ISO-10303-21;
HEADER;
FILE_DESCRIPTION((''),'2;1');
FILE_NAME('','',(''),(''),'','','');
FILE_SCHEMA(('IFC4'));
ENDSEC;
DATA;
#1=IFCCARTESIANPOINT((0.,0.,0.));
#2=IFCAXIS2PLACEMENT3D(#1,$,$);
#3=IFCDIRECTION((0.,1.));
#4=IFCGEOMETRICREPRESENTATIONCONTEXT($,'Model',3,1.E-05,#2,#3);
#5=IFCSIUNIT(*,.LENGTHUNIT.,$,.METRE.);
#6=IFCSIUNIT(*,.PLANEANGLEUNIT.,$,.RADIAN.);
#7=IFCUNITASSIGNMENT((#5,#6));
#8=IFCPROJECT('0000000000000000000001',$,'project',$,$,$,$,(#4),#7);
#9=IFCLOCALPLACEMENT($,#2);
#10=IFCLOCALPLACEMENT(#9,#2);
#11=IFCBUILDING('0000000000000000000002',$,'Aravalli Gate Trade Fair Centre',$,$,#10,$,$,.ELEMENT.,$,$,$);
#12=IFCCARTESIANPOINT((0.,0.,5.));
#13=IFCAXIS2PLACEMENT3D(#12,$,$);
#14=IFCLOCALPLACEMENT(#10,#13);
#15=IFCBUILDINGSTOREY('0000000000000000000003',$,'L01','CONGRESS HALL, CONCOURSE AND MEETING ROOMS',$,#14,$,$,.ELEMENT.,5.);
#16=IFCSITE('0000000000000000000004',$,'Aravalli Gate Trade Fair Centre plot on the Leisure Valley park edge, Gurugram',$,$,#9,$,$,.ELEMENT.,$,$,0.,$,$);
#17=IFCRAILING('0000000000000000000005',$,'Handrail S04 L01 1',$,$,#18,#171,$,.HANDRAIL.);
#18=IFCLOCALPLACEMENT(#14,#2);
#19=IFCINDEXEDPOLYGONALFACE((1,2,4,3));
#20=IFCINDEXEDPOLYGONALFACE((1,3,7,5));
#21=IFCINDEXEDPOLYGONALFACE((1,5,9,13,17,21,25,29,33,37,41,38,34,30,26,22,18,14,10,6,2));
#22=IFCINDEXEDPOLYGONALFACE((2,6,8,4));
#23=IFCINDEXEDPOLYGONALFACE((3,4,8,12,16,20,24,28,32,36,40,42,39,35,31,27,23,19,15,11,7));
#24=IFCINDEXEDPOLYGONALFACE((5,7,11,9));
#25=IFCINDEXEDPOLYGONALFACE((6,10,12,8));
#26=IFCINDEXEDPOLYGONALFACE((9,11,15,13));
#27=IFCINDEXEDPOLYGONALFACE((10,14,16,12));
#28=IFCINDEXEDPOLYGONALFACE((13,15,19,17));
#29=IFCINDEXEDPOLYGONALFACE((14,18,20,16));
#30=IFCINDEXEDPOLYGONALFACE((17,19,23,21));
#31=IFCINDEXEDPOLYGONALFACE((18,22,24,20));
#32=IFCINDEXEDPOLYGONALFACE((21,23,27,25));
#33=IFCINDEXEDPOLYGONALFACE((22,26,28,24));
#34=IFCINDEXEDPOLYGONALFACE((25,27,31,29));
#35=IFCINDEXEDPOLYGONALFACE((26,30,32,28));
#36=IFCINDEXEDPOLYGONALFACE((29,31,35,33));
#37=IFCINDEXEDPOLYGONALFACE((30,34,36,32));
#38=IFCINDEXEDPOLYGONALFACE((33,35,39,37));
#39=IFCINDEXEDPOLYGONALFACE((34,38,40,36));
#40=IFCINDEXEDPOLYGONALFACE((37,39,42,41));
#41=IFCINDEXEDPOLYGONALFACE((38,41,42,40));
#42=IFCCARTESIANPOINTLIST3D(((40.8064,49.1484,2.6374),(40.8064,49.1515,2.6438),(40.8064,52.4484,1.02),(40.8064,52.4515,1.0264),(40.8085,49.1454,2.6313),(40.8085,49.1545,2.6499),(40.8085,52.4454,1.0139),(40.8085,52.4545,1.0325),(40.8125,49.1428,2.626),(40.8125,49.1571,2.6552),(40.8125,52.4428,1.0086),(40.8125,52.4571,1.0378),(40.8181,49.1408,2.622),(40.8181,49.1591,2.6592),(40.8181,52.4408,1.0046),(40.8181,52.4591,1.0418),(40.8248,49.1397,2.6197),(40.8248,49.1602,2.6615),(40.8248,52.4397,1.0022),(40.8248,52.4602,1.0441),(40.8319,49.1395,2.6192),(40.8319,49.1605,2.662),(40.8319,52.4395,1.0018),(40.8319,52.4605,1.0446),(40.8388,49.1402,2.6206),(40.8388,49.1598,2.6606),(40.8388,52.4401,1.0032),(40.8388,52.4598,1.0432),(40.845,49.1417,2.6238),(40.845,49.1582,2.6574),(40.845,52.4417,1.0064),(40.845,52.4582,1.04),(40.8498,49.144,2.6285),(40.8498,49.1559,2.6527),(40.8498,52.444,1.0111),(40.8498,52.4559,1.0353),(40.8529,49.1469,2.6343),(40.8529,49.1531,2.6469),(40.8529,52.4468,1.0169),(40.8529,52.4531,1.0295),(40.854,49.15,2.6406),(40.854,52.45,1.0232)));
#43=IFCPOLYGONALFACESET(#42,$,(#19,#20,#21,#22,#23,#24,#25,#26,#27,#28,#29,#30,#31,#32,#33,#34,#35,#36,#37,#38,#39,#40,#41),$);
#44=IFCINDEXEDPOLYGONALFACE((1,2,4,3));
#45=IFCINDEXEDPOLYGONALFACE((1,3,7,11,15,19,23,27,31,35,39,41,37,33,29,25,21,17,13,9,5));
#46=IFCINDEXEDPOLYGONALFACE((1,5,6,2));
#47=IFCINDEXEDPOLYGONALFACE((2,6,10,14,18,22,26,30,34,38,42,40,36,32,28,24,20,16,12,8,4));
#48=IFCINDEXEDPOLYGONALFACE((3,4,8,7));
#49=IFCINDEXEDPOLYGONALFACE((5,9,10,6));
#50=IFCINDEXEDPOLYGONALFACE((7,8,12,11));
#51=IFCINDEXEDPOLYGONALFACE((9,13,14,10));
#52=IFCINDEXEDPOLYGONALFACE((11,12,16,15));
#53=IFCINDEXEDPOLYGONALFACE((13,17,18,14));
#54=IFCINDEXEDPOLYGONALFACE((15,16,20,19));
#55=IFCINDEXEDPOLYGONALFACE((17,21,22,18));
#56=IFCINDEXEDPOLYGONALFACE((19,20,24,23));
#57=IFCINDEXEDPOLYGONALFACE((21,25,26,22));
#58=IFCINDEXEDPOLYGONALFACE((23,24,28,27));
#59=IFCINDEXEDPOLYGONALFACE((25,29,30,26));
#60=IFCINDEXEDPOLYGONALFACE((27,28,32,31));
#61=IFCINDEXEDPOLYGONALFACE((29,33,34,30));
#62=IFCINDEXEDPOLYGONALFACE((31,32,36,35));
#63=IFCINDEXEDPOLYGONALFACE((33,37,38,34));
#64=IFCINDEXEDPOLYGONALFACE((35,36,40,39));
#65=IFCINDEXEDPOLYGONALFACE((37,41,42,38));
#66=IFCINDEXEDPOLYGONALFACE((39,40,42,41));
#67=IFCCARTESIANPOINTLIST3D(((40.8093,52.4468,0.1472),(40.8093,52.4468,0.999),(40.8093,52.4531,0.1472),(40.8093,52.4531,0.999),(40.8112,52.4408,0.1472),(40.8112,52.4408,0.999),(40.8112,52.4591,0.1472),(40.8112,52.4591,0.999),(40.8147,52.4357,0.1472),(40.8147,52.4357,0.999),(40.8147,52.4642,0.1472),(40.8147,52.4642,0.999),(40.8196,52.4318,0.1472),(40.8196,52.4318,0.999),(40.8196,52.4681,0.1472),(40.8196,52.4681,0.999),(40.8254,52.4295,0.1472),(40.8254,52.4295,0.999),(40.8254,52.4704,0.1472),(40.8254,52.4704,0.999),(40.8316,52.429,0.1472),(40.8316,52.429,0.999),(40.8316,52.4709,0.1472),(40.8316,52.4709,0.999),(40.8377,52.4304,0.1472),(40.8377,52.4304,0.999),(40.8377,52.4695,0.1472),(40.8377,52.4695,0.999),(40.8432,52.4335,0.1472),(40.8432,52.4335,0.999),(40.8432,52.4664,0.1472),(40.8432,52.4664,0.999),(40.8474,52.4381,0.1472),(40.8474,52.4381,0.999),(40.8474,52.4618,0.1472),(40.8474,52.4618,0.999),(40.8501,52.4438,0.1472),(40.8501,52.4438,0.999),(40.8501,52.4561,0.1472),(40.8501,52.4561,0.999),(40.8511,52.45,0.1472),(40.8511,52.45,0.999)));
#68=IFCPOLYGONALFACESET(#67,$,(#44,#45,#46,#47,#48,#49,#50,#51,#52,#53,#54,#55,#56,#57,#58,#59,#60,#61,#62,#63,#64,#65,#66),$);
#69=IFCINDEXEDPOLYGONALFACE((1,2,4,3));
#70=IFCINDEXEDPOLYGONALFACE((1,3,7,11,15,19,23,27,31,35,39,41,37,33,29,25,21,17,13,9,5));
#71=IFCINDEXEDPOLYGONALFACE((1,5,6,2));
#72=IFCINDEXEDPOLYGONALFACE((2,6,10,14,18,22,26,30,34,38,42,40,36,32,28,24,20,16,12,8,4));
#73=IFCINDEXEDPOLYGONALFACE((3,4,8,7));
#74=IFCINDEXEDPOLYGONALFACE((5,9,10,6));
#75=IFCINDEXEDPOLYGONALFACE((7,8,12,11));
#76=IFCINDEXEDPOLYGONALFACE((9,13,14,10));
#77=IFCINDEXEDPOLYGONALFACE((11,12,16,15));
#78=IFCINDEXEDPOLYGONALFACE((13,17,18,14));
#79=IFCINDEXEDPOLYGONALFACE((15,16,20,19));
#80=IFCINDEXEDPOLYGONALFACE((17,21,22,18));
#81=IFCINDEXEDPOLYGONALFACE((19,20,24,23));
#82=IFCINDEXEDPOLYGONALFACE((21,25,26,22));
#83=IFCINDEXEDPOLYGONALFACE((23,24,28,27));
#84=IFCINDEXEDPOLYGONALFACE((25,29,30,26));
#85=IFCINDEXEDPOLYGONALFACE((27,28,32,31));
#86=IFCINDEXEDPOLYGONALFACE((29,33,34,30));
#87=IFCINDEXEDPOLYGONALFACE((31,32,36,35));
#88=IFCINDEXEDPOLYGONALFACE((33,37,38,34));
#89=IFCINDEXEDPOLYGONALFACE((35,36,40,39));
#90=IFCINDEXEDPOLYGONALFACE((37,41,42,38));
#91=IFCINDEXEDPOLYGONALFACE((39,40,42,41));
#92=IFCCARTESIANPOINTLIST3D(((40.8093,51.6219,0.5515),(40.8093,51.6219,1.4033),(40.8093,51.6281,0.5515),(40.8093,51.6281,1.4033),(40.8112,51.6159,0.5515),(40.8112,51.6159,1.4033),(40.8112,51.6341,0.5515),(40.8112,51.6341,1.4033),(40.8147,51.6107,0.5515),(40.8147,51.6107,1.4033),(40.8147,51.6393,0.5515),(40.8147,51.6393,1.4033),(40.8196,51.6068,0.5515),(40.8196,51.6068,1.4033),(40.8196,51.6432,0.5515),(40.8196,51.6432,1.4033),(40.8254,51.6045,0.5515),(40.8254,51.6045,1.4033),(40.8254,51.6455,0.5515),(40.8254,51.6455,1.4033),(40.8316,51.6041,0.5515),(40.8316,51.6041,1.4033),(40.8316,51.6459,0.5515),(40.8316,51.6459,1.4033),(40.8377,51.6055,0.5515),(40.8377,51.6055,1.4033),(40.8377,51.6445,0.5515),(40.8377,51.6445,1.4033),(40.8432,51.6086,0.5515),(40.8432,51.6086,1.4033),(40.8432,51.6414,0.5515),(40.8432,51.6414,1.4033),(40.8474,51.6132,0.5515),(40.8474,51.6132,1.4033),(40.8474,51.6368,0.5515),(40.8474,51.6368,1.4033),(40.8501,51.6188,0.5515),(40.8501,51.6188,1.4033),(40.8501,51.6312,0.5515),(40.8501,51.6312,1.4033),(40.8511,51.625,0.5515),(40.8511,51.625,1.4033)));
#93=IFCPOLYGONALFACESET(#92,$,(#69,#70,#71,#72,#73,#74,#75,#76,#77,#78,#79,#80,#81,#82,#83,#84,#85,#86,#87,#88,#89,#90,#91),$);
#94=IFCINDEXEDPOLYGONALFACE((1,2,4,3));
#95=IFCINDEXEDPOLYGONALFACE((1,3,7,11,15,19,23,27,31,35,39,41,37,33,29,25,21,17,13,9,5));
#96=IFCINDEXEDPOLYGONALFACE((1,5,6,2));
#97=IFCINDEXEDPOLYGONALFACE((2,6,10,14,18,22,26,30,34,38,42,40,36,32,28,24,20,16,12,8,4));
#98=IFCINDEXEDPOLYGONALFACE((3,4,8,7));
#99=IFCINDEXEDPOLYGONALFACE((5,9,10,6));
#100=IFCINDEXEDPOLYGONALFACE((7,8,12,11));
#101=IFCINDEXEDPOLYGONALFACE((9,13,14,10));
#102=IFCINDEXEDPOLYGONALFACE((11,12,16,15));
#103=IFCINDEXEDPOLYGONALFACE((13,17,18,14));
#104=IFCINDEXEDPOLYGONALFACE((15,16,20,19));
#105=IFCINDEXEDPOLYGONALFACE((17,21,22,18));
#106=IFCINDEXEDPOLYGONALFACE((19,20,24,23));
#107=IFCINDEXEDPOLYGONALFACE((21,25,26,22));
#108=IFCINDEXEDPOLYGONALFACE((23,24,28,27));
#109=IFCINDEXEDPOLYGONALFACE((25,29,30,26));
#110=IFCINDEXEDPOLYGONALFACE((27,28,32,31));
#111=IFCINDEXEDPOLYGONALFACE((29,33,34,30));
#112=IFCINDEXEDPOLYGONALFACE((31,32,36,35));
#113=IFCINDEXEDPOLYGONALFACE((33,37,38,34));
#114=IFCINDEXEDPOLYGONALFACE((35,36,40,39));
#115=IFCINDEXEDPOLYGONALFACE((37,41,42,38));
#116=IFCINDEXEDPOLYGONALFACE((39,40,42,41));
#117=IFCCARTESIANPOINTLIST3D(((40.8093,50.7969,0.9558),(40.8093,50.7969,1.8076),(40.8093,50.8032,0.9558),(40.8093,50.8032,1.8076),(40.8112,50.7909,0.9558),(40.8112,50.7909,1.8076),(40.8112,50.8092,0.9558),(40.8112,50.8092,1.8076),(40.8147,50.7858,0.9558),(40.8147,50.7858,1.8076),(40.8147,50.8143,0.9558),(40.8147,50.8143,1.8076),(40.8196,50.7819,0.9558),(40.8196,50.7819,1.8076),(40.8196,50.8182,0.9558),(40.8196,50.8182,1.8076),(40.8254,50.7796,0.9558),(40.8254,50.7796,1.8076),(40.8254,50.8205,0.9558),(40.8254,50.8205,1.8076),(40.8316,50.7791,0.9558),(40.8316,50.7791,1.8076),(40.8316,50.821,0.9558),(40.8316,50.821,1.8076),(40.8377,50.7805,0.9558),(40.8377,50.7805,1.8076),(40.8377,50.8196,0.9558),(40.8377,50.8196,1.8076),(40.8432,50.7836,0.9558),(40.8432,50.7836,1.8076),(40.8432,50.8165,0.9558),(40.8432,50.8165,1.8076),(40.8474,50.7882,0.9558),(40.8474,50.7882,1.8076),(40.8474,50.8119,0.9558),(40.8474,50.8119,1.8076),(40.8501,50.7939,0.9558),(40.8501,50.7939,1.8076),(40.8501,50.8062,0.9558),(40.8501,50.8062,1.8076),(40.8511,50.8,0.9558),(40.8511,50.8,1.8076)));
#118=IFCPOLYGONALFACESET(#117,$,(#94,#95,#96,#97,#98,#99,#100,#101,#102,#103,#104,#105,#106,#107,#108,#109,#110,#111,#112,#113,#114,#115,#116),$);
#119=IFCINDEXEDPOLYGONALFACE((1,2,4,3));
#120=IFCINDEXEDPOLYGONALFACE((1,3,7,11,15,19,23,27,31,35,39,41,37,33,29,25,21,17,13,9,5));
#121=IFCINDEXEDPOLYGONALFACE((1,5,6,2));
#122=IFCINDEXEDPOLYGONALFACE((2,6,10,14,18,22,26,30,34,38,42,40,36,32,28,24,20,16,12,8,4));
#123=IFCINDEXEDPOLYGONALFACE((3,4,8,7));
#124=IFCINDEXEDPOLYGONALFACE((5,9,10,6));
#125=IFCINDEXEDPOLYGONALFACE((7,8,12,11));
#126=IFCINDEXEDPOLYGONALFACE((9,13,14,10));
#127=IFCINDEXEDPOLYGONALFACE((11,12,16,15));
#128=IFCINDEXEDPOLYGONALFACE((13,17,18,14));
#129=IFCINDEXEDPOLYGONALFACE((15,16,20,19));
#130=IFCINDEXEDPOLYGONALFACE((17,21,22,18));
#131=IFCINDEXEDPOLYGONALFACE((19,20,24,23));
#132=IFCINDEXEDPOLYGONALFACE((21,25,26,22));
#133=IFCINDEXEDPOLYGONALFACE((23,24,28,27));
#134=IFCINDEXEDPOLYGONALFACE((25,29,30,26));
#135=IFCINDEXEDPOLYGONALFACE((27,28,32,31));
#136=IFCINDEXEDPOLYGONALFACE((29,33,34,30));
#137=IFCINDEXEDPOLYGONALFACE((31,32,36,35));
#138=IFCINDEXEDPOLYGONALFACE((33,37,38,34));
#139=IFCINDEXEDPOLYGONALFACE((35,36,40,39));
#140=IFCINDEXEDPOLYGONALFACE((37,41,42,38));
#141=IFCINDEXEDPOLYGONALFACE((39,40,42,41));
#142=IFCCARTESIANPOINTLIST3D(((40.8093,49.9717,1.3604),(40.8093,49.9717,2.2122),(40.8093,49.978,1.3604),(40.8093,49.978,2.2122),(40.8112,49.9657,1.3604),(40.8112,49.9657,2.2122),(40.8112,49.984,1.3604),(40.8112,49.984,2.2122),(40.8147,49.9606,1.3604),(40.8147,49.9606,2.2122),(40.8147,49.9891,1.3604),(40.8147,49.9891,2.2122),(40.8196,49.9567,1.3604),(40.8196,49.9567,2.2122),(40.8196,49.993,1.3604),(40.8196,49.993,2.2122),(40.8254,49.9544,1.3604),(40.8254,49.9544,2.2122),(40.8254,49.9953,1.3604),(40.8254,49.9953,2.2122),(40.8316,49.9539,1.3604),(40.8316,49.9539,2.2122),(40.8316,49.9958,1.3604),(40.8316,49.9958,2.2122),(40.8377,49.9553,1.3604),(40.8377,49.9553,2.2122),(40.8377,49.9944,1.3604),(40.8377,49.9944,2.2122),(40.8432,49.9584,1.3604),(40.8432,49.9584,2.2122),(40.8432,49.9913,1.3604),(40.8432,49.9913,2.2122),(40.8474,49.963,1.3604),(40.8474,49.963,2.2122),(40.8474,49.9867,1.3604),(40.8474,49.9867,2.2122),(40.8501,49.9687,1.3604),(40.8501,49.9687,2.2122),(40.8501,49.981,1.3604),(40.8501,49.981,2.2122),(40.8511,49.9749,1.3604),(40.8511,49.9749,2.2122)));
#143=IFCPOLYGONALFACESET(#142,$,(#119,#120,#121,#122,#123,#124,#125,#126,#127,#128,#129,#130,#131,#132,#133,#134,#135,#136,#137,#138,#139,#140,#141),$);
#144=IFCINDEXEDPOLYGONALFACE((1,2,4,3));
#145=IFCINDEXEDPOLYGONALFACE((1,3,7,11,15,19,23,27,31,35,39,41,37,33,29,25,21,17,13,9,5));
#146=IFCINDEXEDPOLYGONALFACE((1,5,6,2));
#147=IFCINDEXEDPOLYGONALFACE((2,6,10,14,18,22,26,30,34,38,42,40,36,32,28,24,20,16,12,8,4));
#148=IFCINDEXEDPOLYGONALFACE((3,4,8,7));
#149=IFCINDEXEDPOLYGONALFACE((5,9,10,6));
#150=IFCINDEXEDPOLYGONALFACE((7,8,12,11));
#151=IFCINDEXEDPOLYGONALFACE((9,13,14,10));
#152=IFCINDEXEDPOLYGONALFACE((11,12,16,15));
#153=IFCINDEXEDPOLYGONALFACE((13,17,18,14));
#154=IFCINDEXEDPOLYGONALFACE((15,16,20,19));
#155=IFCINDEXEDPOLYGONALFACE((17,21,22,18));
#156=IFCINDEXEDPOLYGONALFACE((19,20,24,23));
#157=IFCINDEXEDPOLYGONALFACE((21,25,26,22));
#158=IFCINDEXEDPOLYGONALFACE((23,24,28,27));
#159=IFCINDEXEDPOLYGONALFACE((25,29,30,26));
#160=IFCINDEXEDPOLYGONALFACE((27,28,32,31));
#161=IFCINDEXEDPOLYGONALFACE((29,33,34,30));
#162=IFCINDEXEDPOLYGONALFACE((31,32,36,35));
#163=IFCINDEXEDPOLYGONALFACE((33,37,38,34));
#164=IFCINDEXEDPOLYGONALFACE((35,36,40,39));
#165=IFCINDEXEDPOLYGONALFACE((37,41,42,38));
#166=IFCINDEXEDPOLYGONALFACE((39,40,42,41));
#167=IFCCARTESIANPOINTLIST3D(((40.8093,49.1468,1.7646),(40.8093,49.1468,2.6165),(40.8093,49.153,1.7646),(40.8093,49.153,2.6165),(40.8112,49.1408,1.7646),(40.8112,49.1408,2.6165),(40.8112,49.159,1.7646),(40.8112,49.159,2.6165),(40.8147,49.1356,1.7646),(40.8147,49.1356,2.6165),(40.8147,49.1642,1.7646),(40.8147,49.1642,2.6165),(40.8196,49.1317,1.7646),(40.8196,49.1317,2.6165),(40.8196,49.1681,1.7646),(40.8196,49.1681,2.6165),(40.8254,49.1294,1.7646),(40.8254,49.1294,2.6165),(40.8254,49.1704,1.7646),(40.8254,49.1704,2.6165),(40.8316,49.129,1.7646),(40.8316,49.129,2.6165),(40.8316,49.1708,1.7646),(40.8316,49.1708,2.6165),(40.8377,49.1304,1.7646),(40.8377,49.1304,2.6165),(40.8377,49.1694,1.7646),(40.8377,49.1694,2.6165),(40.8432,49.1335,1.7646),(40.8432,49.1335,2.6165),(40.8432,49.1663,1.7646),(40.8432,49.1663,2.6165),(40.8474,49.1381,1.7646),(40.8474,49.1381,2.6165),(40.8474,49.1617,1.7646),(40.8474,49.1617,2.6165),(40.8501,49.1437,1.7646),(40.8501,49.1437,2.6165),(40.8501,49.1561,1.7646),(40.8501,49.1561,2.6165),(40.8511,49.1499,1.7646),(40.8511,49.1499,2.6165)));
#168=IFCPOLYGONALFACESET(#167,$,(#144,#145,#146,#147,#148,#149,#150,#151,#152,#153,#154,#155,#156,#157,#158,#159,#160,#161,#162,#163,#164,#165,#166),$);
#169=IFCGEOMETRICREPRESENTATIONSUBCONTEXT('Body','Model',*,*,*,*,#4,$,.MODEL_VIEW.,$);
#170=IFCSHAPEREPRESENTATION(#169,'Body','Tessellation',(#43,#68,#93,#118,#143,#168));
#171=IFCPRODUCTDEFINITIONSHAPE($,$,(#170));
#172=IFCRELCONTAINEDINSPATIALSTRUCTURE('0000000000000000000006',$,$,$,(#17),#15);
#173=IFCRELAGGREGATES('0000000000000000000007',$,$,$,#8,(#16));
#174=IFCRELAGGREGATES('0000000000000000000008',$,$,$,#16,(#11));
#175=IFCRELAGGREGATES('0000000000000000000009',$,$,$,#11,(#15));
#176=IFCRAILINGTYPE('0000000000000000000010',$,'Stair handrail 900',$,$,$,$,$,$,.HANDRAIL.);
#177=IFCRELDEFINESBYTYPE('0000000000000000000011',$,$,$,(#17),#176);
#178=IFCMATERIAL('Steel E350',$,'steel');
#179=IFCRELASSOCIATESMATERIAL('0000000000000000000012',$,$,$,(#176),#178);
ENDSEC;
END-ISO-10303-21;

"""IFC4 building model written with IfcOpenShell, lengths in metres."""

from ifc_helpers import new_model, si_unit, direction, frame, origin, origin_2d, place, context, subcontext, project, spatial, circle, extrude, material, type_object, element, save


model = new_model("IFC4")

# Units and contexts
model_context = context("Model", 3, precision=1e-05, world=origin(), true_north=direction((0.0, 1.0)))
body_context = subcontext(model_context, "Body", "Model", "MODEL_VIEW")
ifc_project = project(units=[si_unit("LENGTHUNIT", "METRE"), si_unit("PLANEANGLEUNIT", "RADIAN")], contexts=[model_context])

# Site, building, storey
site_placement = place(None, origin())
site = spatial("IfcSite", under=ifc_project, at=site_placement, Name="Aravalli Gate Trade Fair Centre plot on the Leisure Valley park edge, Gurugram", CompositionType="ELEMENT", RefElevation=0.0)
building_placement = place(site_placement, origin())
building = spatial("IfcBuilding", under=site, at=building_placement, Name="Aravalli Gate Trade Fair Centre", CompositionType="ELEMENT")
storey_placement = place(building_placement, frame((0.0, 0.0, 5.0)))
storey = spatial("IfcBuildingStorey", under=building, at=storey_placement, Name="L01", Description="CONGRESS HALL, CONCOURSE AND MEETING ROOMS", CompositionType="ELEMENT", Elevation=5.0)

# Railing
ifc_material_1 = material(Name="Steel E350", Category="steel")
railing_type = type_object("IfcRailingType", Name="Stair handrail 900", PredefinedType="HANDRAIL", material=ifc_material_1)
for number, where, name in (
    (1, (40.8301, 52.45, 0.1472), "Handrail S04 L01 1"),
):
    element("IfcRailing", number, at=place(storey_placement, frame(where)), inside=storey, type_object=railing_type, Name=name, PredefinedType="HANDRAIL", context=body_context, shape_type="SweptSolid", body=[
        extrude(circle(Radius=0.0239, at=origin_2d()), frame((0.0, 0.0, 0.876), z_axis=(0.0, -0.897946, 0.440105), x_axis=(1.0, 0.0, 0.0)), (0.0, 0.0, 1.0), 3.675),
        extrude(circle(Radius=0.021, at=origin_2d()), origin(), (0.0, 0.0, 1.0), 0.8518),
        extrude(circle(Radius=0.021, at=origin_2d()), frame((0.0, -0.825, 0.4043)), (0.0, 0.0, 1.0), 0.8518),
        extrude(circle(Radius=0.021, at=origin_2d()), frame((0.0, -1.6499, 0.8086)), (0.0, 0.0, 1.0), 0.8518),
        extrude(circle(Radius=0.021, at=origin_2d()), frame((0.0, -2.4751, 1.2131)), (0.0, 0.0, 1.0), 0.8518),
        extrude(circle(Radius=0.021, at=origin_2d()), frame((0.0, -3.3, 1.6174)), (0.0, 0.0, 1.0), 0.8518),
    ])

save(model, "model.ifc")
